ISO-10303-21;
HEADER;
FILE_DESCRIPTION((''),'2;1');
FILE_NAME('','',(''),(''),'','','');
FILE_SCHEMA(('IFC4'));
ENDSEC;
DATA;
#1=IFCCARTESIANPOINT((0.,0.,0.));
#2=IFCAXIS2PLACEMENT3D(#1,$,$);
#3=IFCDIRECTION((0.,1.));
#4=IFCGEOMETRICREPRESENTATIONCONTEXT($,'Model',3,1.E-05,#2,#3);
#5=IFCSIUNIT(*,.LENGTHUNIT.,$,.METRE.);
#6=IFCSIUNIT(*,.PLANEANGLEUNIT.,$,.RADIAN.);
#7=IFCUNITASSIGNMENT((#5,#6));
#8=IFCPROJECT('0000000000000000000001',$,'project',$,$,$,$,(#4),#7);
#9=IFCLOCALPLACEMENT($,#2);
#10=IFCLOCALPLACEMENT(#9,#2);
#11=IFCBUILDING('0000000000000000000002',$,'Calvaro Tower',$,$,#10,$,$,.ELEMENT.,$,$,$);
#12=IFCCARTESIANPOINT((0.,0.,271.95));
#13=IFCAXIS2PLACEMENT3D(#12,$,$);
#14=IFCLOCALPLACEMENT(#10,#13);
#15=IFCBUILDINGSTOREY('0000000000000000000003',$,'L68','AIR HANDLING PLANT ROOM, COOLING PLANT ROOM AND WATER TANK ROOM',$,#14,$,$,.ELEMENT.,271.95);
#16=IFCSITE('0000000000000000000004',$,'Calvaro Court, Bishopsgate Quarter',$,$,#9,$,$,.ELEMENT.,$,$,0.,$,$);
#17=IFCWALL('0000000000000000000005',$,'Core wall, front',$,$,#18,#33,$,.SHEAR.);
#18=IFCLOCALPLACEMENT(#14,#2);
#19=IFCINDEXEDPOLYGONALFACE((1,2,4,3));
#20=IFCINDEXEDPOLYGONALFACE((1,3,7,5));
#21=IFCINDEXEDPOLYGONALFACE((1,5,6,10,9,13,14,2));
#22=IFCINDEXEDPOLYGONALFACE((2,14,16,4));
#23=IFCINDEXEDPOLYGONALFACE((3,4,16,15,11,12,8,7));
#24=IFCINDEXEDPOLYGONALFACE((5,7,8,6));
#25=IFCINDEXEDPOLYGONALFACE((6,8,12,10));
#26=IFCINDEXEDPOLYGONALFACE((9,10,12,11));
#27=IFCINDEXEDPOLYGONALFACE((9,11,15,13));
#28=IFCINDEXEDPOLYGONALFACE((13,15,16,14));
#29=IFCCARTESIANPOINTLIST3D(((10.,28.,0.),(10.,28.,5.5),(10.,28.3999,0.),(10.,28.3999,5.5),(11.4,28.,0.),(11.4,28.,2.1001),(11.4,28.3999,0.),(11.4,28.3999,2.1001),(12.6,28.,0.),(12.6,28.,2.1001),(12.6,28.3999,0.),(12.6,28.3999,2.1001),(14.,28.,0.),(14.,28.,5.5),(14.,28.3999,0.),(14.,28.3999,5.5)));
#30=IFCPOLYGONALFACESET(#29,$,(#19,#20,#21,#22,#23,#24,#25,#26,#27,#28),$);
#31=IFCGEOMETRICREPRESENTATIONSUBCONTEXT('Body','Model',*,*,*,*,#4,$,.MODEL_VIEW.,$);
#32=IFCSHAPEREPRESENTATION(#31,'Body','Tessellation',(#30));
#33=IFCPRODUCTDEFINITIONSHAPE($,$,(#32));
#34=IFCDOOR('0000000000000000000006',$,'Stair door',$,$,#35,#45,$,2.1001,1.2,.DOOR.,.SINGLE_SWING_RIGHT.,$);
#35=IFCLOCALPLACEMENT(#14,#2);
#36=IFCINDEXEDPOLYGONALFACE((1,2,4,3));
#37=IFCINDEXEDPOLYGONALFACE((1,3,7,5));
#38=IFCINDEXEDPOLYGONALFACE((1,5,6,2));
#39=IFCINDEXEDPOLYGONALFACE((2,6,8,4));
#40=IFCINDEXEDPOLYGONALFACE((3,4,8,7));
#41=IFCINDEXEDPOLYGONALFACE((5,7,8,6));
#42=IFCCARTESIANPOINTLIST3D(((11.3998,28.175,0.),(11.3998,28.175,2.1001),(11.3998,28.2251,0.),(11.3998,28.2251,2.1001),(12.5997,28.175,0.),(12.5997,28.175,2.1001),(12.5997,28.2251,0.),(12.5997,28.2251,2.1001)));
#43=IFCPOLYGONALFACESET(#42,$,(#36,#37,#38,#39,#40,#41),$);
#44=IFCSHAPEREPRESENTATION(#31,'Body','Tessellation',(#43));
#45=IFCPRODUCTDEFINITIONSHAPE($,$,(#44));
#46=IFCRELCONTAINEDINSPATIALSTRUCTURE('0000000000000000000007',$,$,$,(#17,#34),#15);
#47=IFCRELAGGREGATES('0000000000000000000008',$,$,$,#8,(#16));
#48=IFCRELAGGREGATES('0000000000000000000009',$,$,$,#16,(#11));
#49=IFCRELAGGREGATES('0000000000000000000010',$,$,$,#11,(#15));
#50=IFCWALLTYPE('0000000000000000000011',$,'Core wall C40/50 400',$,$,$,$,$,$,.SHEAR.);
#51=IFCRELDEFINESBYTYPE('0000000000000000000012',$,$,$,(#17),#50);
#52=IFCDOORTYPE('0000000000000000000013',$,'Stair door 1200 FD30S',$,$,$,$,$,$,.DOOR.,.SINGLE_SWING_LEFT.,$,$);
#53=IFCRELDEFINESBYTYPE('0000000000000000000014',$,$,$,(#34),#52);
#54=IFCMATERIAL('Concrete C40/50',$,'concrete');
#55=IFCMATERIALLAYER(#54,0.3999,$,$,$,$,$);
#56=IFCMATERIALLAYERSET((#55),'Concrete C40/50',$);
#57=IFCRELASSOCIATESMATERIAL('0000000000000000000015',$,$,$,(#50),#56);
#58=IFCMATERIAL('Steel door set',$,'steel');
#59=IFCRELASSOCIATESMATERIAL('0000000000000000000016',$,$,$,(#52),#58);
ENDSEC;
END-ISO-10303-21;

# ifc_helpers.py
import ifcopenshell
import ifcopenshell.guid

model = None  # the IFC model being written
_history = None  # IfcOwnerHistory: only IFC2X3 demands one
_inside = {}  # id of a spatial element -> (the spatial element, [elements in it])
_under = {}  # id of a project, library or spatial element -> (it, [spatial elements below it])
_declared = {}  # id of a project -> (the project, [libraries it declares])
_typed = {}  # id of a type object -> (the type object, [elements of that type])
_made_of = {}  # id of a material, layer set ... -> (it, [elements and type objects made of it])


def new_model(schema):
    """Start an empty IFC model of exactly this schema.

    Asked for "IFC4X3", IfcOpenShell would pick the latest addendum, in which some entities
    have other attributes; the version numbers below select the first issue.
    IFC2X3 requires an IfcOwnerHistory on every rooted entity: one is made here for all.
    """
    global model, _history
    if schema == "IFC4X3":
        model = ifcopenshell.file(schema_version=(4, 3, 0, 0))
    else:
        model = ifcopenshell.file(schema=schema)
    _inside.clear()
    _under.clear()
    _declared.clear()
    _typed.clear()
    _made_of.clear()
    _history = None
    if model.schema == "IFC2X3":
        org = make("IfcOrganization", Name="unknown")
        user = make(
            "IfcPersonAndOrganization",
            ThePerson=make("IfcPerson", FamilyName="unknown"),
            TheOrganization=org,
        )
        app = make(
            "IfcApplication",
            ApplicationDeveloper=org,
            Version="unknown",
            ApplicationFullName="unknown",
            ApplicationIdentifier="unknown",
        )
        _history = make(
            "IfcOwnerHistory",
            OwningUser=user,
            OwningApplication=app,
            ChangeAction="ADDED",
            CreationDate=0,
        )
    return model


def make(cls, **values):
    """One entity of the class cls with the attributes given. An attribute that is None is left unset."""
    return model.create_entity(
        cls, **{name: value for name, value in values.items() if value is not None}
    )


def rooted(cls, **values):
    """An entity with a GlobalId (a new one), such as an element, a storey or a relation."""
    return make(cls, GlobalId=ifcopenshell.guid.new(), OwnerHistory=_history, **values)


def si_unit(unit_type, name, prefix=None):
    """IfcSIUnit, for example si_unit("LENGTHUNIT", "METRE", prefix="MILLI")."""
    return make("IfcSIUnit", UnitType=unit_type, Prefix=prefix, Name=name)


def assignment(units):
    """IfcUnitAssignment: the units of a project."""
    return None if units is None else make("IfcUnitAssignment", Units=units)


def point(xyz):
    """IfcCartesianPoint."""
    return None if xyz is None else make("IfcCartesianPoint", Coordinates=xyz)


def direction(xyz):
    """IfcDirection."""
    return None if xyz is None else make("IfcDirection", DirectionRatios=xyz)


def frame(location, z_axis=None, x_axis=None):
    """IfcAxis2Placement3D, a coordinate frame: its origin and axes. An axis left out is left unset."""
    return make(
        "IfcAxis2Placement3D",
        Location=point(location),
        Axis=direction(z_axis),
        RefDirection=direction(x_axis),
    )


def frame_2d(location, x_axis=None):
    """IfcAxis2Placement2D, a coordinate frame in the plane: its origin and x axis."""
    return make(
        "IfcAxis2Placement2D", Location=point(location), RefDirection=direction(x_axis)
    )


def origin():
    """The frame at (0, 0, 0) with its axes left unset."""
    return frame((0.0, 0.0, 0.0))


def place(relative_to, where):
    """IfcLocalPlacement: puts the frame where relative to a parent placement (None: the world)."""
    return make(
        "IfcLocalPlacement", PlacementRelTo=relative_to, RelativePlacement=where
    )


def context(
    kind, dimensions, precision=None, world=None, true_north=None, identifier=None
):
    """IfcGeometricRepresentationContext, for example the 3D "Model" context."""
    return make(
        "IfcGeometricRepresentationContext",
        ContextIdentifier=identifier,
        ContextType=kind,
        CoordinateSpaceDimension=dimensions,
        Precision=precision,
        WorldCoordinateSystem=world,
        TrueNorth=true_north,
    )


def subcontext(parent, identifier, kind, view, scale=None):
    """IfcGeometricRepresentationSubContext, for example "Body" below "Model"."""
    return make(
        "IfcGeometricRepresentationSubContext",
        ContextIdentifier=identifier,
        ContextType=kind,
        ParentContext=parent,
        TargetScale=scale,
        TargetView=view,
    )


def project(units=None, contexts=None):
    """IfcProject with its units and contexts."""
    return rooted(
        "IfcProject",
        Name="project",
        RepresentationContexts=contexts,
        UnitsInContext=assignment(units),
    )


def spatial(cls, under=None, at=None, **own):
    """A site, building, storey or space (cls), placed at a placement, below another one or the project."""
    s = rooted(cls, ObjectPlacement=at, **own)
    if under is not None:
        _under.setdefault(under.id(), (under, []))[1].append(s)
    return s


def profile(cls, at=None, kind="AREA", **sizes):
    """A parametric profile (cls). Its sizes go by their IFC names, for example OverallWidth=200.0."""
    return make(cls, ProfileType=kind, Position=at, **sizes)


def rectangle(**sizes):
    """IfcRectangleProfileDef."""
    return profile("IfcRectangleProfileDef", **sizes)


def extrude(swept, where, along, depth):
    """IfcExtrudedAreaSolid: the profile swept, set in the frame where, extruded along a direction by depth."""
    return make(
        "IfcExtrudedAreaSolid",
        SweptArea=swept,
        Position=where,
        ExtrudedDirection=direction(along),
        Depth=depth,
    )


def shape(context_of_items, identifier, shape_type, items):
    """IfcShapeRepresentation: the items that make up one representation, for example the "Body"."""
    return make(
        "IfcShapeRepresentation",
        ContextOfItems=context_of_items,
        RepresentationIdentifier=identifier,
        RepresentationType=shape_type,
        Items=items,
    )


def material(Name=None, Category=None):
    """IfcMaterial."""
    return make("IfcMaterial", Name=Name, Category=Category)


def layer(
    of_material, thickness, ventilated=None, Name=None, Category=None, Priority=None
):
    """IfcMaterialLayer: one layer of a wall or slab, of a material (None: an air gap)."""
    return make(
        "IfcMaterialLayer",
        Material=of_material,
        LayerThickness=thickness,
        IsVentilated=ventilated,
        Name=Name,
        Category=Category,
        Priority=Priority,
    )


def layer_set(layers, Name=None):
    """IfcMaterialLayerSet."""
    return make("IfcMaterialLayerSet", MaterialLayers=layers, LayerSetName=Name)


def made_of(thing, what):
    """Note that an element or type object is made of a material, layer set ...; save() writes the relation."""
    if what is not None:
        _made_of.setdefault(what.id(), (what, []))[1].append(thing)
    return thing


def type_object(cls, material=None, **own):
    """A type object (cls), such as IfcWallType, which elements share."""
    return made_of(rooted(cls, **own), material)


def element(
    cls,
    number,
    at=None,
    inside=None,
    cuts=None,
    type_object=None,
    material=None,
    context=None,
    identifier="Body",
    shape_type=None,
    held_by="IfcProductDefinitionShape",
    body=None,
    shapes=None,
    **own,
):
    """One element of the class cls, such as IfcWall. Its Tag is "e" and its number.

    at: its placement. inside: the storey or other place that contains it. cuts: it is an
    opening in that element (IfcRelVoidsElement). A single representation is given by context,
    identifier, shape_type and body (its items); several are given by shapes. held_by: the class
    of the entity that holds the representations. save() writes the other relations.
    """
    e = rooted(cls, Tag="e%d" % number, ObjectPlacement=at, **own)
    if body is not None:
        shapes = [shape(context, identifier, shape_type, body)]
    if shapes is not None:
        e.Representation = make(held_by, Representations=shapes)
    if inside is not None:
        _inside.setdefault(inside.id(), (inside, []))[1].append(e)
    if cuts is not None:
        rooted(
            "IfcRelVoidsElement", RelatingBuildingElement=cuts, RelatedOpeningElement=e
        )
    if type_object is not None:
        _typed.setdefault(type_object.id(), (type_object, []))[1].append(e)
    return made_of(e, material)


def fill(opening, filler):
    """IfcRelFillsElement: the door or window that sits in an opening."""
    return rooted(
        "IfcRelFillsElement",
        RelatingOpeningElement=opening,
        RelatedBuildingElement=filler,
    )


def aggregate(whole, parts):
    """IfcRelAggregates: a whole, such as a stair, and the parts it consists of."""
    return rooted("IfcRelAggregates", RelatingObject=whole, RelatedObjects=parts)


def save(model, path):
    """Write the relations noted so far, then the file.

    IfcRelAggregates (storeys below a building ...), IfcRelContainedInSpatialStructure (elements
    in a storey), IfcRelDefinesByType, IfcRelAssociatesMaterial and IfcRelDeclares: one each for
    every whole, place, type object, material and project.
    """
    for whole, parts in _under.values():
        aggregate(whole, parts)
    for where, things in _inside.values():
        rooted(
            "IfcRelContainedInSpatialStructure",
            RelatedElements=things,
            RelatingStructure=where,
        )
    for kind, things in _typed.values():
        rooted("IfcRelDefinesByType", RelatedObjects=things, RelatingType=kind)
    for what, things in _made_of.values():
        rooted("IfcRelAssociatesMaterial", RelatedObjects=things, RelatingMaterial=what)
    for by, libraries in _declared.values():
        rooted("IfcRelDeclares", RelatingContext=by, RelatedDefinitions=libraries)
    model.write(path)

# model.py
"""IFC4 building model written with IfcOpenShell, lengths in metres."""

from ifc_helpers import new_model, si_unit, direction, frame, frame_2d, origin, place, context, subcontext, project, spatial, rectangle, extrude, material, layer, layer_set, type_object, element, fill, save


model = new_model("IFC4")

# Units and contexts
model_context = context("Model", 3, precision=1e-05, world=origin(), true_north=direction((0.0, 1.0)))
body_context = subcontext(model_context, "Body", "Model", "MODEL_VIEW")
ifc_project = project(units=[si_unit("LENGTHUNIT", "METRE"), si_unit("PLANEANGLEUNIT", "RADIAN")], contexts=[model_context])

# Site, building, storey
site_placement = place(None, origin())
site = spatial("IfcSite", under=ifc_project, at=site_placement, Name="Calvaro Court, Bishopsgate Quarter", CompositionType="ELEMENT", RefElevation=0.0)
building_placement = place(site_placement, origin())
building = spatial("IfcBuilding", under=site, at=building_placement, Name="Calvaro Tower", CompositionType="ELEMENT")
storey_placement = place(building_placement, frame((0.0, 0.0, 271.95)))
storey = spatial("IfcBuildingStorey", under=building, at=storey_placement, Name="L68", Description="AIR HANDLING PLANT ROOM, COOLING PLANT ROOM AND WATER TANK ROOM", CompositionType="ELEMENT", Elevation=271.95)

# Wall, opening, door
ifc_material_1 = material(Name="Concrete C40/50", Category="concrete")
ifc_layer_1 = layer(ifc_material_1, 0.3999)
ifc_layer_set_1 = layer_set([ifc_layer_1], Name="Concrete C40/50")
wall_type_1 = type_object("IfcWallType", Name="Core wall C40/50 400", PredefinedType="SHEAR", material=ifc_layer_set_1)
wall_1_placement = place(storey_placement, frame((10.0, 28.2, 0.0), z_axis=(0.0, 0.0, 1.0), x_axis=(1.0, 0.0, 0.0)))
wall_1 = element("IfcWall", 1, at=wall_1_placement, inside=storey, type_object=wall_type_1, Name="Core wall, front", PredefinedType="SHEAR", context=body_context, shape_type="SweptSolid", body=[
    extrude(rectangle(XDim=4.0, YDim=0.3999, at=frame_2d((2.0, 0.0))), origin(), (0.0, 0.0, 1.0), 5.5),
])
opening_1_placement = place(wall_1_placement, frame((1.3999, 0.0, 0.0)))
opening_1 = element("IfcOpeningElement", 2, at=opening_1_placement, cuts=wall_1, PredefinedType="OPENING", context=body_context, shape_type="SweptSolid", body=[
    extrude(rectangle(XDim=1.2, YDim=2.1001, at=frame_2d((0.6001, 1.05))), frame((0.0, 0.21, 0.0), z_axis=(0.0, -1.0, 0.0), x_axis=(1.0, 0.0, 0.0)), (0.0, 0.0, 1.0), 0.4199),
])
ifc_material_2 = material(Name="Steel door set", Category="steel")
door_type_1 = type_object("IfcDoorType", Name="Stair door 1200 FD30S", OperationType="SINGLE_SWING_LEFT", PredefinedType="DOOR", material=ifc_material_2)
door_1_placement = place(opening_1_placement, frame((1.2, 0.0, 0.0), z_axis=(0.0, 0.0, 1.0), x_axis=(-1.0, 0.0, 0.0)))
door_1 = element("IfcDoor", 3, at=door_1_placement, inside=storey, type_object=door_type_1, Name="Stair door", OperationType="SINGLE_SWING_RIGHT", OverallHeight=2.1001, OverallWidth=1.2, PredefinedType="DOOR", context=body_context, shape_type="SweptSolid", body=[
    extrude(rectangle(XDim=1.2, YDim=2.1001, at=frame_2d((0.6001, 1.05))), frame((0.0, 0.0249, 0.0), z_axis=(0.0, -1.0, 0.0), x_axis=(1.0, 0.0, 0.0)), (0.0, 0.0, 1.0), 0.05),
])
fill(opening_1, door_1)

save(model, "model.ifc")
